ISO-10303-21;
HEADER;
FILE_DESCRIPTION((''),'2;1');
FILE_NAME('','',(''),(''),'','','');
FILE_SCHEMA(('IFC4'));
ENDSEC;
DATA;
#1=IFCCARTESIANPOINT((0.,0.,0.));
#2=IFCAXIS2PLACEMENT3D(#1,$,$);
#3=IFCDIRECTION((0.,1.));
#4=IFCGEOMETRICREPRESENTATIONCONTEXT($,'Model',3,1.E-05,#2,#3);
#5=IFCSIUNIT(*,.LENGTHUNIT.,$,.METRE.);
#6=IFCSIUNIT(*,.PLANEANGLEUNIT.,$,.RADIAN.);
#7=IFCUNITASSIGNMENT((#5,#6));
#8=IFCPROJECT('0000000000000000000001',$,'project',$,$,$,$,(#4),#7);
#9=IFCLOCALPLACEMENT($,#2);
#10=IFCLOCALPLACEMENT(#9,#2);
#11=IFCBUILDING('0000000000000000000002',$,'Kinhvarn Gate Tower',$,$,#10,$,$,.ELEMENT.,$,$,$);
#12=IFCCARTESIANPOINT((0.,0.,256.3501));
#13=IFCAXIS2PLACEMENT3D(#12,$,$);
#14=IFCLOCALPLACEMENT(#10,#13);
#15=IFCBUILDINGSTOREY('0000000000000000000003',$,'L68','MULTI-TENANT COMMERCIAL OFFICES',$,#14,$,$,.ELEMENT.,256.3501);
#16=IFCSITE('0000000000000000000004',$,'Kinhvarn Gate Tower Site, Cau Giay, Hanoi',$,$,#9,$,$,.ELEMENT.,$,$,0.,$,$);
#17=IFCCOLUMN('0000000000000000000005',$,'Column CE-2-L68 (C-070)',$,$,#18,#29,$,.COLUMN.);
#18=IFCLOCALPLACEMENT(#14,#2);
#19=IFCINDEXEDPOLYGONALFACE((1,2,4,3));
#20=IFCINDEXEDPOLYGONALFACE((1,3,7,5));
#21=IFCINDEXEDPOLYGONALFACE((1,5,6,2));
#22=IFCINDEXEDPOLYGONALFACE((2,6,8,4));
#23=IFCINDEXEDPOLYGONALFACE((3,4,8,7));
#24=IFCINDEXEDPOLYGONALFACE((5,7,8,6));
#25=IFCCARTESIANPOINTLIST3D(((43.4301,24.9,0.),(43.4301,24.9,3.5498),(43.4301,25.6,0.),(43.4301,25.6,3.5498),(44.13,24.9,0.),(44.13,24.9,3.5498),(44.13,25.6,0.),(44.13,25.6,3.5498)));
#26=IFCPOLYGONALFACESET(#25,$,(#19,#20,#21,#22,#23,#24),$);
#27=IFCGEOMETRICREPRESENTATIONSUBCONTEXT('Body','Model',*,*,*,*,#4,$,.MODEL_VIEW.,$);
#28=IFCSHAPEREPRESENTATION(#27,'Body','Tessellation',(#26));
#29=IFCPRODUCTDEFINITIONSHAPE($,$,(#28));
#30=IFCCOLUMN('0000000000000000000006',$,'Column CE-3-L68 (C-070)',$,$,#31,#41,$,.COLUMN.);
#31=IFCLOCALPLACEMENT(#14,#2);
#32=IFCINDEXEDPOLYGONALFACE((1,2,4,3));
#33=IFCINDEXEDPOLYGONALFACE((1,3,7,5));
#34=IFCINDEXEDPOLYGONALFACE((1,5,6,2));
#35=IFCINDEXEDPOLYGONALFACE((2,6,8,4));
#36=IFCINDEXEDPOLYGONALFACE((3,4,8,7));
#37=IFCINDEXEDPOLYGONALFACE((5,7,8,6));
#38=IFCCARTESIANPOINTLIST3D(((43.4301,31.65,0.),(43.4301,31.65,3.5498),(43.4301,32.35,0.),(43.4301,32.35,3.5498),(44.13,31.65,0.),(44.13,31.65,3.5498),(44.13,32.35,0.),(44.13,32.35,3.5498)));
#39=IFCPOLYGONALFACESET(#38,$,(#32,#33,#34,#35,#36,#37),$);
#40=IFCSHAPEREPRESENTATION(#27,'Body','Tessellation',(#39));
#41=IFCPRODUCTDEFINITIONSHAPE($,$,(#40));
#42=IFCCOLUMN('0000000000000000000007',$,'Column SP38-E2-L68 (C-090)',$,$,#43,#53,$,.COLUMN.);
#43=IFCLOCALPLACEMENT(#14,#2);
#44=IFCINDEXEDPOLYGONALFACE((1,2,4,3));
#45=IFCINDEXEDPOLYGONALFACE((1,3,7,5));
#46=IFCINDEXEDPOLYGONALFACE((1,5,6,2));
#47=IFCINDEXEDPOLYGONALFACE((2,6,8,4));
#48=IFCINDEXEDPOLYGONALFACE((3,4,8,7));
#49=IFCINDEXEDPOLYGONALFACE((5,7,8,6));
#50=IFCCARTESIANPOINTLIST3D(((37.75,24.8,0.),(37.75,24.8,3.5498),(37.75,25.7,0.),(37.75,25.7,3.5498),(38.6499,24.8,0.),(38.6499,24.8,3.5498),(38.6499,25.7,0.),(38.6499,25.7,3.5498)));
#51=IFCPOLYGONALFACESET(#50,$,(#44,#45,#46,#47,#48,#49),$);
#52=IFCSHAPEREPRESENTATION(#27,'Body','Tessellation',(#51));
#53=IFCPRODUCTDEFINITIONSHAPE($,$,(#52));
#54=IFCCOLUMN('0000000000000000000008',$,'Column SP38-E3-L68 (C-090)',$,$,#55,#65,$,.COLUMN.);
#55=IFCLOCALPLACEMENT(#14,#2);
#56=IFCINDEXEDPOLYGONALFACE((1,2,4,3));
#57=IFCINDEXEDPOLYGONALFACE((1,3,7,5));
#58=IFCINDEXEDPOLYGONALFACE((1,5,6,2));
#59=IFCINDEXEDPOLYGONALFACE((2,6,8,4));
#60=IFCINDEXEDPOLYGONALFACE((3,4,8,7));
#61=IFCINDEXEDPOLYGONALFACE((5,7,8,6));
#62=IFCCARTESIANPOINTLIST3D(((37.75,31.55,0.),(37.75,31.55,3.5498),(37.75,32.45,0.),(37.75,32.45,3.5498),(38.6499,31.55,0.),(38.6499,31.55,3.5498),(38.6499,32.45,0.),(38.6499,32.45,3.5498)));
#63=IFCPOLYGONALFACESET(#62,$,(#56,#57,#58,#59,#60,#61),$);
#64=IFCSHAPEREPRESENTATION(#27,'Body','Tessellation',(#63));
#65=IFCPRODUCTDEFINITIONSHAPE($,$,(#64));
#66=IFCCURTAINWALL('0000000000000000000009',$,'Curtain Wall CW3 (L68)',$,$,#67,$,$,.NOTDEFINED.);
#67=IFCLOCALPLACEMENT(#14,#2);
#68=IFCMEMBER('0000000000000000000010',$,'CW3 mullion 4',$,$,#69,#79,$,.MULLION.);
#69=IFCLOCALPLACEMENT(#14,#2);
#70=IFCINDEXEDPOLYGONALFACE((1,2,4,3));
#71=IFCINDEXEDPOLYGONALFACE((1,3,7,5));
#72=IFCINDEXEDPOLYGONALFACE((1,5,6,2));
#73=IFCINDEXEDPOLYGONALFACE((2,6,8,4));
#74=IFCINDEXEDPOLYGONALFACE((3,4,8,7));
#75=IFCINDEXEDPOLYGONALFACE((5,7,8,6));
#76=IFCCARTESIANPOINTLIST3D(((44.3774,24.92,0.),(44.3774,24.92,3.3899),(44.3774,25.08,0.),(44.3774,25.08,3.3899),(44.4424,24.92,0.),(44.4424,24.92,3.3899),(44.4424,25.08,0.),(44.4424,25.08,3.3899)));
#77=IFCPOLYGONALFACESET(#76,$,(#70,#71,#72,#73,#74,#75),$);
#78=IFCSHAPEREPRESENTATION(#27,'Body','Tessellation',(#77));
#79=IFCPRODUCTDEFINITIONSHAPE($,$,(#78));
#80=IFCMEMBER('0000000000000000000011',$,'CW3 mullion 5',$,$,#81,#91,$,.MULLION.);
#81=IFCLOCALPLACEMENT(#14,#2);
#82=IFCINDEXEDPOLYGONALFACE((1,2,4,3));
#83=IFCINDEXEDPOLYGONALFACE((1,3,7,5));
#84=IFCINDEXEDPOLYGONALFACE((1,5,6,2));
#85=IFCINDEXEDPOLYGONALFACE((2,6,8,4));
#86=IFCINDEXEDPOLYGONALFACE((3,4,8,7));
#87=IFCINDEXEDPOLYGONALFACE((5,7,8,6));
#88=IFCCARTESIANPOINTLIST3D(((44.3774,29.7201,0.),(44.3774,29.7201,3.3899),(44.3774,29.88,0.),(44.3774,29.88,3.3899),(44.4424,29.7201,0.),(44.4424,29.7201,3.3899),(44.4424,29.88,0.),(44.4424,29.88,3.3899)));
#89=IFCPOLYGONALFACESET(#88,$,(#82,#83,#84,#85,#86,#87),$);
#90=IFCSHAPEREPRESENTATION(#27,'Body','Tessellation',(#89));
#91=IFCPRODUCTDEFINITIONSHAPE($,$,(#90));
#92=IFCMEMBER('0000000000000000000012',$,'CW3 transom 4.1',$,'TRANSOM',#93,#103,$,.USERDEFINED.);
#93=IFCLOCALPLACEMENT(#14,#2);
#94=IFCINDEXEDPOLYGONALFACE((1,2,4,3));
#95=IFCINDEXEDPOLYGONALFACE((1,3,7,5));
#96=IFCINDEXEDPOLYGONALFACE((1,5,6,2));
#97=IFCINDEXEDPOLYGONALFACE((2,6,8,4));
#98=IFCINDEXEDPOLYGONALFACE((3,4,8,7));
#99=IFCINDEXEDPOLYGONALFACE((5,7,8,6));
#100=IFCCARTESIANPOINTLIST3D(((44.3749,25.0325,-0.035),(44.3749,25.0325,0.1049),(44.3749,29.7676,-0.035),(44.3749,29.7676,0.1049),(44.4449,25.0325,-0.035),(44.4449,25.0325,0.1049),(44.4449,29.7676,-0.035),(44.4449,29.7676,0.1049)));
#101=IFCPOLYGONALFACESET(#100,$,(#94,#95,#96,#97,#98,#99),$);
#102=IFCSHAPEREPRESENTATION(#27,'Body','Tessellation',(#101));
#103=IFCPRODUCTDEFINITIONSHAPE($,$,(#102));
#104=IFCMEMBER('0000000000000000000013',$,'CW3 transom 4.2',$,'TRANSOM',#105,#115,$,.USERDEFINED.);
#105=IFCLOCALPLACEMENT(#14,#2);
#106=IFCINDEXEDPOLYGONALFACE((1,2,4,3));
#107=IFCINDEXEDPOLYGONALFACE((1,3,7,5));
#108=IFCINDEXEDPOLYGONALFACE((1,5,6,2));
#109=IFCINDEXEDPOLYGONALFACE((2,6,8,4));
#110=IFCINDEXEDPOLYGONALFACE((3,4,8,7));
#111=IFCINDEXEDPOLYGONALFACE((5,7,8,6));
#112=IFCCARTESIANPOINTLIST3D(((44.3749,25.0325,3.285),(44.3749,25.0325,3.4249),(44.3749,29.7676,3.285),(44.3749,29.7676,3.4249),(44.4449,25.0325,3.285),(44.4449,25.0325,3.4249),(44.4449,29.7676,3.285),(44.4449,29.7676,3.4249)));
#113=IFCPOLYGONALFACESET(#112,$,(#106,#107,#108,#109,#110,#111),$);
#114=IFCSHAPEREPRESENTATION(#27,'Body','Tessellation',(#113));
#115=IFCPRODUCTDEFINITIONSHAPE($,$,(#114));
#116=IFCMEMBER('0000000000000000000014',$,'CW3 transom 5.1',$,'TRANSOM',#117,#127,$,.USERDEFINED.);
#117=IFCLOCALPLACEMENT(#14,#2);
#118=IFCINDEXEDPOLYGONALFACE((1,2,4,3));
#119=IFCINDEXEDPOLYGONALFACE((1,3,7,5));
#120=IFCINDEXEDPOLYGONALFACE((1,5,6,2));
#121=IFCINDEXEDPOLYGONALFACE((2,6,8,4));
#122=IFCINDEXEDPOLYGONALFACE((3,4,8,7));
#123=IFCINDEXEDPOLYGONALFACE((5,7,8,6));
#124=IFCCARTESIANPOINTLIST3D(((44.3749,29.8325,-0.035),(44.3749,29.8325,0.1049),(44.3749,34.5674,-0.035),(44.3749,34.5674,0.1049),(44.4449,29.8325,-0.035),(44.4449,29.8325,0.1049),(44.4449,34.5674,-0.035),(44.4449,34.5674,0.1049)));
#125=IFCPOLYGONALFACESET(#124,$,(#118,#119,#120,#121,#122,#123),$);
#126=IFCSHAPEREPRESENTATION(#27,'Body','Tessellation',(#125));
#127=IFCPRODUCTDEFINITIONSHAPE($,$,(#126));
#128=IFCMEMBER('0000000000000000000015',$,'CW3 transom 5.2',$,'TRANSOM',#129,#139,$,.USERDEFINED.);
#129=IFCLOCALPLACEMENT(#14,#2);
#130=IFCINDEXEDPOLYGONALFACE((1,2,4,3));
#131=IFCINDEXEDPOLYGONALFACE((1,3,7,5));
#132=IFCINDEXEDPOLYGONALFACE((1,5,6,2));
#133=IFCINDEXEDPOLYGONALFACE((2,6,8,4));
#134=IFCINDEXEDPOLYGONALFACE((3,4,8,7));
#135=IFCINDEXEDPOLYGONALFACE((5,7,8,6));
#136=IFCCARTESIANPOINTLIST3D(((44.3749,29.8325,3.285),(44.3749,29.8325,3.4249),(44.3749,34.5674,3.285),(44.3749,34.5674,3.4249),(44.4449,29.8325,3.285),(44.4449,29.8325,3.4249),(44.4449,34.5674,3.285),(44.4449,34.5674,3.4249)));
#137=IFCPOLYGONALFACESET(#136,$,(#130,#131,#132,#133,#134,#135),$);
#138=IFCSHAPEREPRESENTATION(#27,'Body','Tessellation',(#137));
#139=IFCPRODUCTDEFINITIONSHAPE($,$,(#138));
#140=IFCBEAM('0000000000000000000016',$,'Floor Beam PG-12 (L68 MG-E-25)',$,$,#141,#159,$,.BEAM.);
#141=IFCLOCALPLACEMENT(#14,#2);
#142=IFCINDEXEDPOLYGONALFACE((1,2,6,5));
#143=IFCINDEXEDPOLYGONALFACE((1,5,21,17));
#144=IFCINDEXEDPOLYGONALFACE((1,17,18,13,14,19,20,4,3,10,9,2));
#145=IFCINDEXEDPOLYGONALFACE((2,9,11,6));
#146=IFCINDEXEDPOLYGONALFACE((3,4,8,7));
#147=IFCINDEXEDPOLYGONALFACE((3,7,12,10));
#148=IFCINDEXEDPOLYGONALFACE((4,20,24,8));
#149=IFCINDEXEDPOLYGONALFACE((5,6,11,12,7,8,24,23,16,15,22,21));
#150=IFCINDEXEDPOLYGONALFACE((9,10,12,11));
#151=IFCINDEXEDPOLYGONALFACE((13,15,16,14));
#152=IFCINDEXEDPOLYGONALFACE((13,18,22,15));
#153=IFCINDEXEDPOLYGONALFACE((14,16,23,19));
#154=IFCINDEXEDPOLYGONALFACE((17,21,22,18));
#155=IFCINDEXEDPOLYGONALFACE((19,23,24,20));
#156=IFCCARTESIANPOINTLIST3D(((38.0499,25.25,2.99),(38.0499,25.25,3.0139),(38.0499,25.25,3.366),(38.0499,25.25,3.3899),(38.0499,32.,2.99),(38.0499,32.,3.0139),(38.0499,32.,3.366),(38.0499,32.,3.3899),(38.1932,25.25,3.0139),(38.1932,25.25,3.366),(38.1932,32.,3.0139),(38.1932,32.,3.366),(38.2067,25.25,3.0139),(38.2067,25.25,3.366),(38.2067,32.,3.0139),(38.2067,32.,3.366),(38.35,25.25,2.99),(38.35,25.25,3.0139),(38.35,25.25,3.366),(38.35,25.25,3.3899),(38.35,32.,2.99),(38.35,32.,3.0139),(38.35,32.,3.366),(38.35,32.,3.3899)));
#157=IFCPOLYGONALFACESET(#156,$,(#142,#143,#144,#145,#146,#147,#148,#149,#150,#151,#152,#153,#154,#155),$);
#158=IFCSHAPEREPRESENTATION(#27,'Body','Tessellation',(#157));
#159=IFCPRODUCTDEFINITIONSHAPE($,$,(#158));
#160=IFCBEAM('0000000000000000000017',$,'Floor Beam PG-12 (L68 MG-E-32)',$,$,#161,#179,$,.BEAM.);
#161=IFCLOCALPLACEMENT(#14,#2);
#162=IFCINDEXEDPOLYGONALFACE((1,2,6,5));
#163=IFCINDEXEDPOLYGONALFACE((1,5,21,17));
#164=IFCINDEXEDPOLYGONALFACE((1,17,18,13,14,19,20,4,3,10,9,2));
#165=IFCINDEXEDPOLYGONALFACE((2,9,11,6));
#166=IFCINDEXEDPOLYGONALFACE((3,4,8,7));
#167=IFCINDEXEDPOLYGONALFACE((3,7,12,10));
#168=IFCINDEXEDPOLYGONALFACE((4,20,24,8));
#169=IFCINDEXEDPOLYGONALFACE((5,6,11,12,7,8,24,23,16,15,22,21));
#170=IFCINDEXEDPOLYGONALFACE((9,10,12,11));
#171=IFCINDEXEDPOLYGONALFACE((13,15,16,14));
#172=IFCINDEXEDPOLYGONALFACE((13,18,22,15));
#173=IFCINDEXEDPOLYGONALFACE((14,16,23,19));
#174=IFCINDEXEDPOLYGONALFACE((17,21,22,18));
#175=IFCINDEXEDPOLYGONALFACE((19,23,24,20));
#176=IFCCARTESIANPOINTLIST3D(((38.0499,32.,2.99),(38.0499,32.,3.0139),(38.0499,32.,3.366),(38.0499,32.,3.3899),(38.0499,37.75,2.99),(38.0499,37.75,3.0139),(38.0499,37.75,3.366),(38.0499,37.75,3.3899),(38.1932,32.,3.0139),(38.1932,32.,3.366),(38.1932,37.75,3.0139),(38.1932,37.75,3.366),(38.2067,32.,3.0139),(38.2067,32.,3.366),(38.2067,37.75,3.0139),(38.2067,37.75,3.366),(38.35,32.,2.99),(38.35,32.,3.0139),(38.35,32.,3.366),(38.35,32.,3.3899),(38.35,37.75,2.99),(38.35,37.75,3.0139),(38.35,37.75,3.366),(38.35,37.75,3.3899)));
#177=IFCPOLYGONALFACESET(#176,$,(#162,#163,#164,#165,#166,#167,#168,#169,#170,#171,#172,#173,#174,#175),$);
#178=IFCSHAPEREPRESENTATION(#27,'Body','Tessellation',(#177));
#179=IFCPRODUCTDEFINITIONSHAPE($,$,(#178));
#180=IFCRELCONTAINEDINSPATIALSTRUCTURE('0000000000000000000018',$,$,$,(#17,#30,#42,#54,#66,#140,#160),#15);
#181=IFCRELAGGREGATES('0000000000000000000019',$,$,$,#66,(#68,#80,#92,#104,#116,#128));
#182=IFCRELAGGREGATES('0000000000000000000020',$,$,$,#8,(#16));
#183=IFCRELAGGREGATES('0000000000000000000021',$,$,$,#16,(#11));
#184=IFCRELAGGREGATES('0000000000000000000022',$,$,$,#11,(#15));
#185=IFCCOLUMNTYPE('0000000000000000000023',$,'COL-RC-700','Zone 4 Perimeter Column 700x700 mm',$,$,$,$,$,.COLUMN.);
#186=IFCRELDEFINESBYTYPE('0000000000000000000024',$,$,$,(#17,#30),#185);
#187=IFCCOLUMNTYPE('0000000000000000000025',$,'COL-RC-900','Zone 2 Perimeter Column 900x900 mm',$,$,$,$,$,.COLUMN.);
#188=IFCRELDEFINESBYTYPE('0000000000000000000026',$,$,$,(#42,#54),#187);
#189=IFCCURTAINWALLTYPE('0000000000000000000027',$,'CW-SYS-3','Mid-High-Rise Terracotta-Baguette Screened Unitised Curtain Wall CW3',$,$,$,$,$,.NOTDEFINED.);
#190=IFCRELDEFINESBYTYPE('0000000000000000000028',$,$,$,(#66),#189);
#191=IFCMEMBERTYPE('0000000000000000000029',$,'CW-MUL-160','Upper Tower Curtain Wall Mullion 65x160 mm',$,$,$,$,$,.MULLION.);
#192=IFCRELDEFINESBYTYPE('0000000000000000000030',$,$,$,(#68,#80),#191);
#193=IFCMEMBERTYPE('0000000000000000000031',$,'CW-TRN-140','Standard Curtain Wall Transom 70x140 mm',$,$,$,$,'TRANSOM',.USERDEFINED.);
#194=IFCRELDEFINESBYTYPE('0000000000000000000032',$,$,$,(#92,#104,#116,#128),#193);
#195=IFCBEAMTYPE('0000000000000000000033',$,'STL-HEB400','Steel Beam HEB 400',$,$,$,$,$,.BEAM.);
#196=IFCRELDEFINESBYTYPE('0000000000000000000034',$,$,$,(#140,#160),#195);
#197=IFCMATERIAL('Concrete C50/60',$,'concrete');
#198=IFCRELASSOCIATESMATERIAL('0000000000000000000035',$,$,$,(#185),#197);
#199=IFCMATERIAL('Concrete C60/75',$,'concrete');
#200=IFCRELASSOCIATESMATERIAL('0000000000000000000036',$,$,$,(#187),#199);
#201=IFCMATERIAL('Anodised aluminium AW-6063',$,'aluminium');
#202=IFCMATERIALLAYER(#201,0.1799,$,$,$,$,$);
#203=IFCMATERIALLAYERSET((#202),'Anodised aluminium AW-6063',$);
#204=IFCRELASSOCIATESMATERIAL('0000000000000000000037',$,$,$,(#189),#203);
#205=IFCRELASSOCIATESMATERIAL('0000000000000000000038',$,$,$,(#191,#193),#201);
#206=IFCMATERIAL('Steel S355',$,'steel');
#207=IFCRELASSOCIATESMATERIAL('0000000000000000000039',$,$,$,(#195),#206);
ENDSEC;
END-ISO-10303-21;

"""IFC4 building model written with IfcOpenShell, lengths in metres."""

from ifc_helpers import new_model, si_unit, direction, frame, origin, origin_2d, place, context, subcontext, project, spatial, rectangle, i_section, extrude, material, layer, layer_set, material_profile, profile_set, type_object, element, aggregate, save


model = new_model("IFC4")

# Units and contexts
model_context = context("Model", 3, precision=1e-05, world=origin(), true_north=direction((0.0, 1.0)))
body_context = subcontext(model_context, "Body", "Model", "MODEL_VIEW")
ifc_project = project(units=[si_unit("LENGTHUNIT", "METRE"), si_unit("PLANEANGLEUNIT", "RADIAN")], contexts=[model_context])

# Site, building, storey
site_placement = place(None, origin())
site = spatial("IfcSite", under=ifc_project, at=site_placement, Name="Kinhvarn Gate Tower Site, Cau Giay, Hanoi", CompositionType="ELEMENT", RefElevation=0.0)
building_placement = place(site_placement, origin())
building = spatial("IfcBuilding", under=site, at=building_placement, Name="Kinhvarn Gate Tower", CompositionType="ELEMENT")
storey_placement = place(building_placement, frame((0.0, 0.0, 256.3501)))
storey = spatial("IfcBuildingStorey", under=building, at=storey_placement, Name="L68", Description="MULTI-TENANT COMMERCIAL OFFICES", CompositionType="ELEMENT", Elevation=256.3501)

# Columns
ifc_material_1 = material(Name="Concrete C50/60", Category="concrete")
ifc_material_profile_1 = material_profile(ifc_material_1, rectangle(XDim=0.7, YDim=0.7, at=origin_2d()), Name="RC 700x700")
ifc_profile_set_1 = profile_set([ifc_material_profile_1], Name="Concrete C50/60")
column_type_1 = type_object("IfcColumnType", Name="COL-RC-700", Description="Zone 4 Perimeter Column 700x700 mm", PredefinedType="COLUMN", material=ifc_profile_set_1)
for number, where, z_axis, x_axis, name in (
    (1, (43.78, 25.25, 0.0), (0.0, 0.0, 1.0), (1.0, 0.0, 0.0), "Column CE-2-L68 (C-070)"),
    (2, (43.78, 32.0, 0.0), (0.0, 0.0, 1.0), (1.0, 0.0, 0.0), "Column CE-3-L68 (C-070)"),
):
    element("IfcColumn", number, at=place(storey_placement, frame(where, z_axis=z_axis, x_axis=x_axis)), inside=storey, type_object=column_type_1, Name=name, PredefinedType="COLUMN", context=body_context, shape_type="SweptSolid", body=[
        extrude(rectangle(XDim=0.7, YDim=0.7, at=origin_2d()), origin(), (0.0, 0.0, 1.0), 3.5498),
    ])
ifc_material_2 = material(Name="Concrete C60/75", Category="concrete")
ifc_material_profile_2 = material_profile(ifc_material_2, rectangle(XDim=0.8999, YDim=0.8999, at=origin_2d()), Name="RC 900x900")
ifc_profile_set_2 = profile_set([ifc_material_profile_2], Name="Concrete C60/75")
column_type_2 = type_object("IfcColumnType", Name="COL-RC-900", Description="Zone 2 Perimeter Column 900x900 mm", PredefinedType="COLUMN", material=ifc_profile_set_2)
for number, where, z_axis, x_axis, name in (
    (3, (38.2, 25.25, 0.0), (0.0, 0.0, 1.0), (1.0, 0.0, 0.0), "Column SP38-E2-L68 (C-090)"),
    (4, (38.2, 32.0, 0.0), (0.0, 0.0, 1.0), (1.0, 0.0, 0.0), "Column SP38-E3-L68 (C-090)"),
):
    element("IfcColumn", number, at=place(storey_placement, frame(where, z_axis=z_axis, x_axis=x_axis)), inside=storey, type_object=column_type_2, Name=name, PredefinedType="COLUMN", context=body_context, shape_type="SweptSolid", body=[
        extrude(rectangle(XDim=0.8999, YDim=0.8999, at=origin_2d()), origin(), (0.0, 0.0, 1.0), 3.5498),
    ])

# Curtain wall, members
ifc_material_3 = material(Name="Anodised aluminium AW-6063", Category="aluminium")
ifc_layer_1 = layer(ifc_material_3, 0.1799)
ifc_layer_set_1 = layer_set([ifc_layer_1], Name="Anodised aluminium AW-6063")
curtain_wall_type = type_object("IfcCurtainWallType", Name="CW-SYS-3", Description="Mid-High-Rise Terracotta-Baguette Screened Unitised Curtain Wall CW3", PredefinedType="NOTDEFINED", material=ifc_layer_set_1)
curtain_wall_placement = place(storey_placement, origin())
curtain_wall = element("IfcCurtainWall", 5, at=curtain_wall_placement, inside=storey, type_object=curtain_wall_type, Name="Curtain Wall CW3 (L68)", PredefinedType="NOTDEFINED")
ifc_material_profile_3 = material_profile(ifc_material_3, rectangle(XDim=0.0649, YDim=0.1599, at=origin_2d()), Name="ALU 65x160")
ifc_profile_set_3 = profile_set([ifc_material_profile_3], Name="Anodised aluminium AW-6063")
member_type_1 = type_object("IfcMemberType", Name="CW-MUL-160", Description="Upper Tower Curtain Wall Mullion 65x160 mm", PredefinedType="MULLION", material=ifc_profile_set_3)
member_1_placement = place(storey_placement, frame((44.4099, 25.0, 0.0), z_axis=(0.0, 0.0, 1.0), x_axis=(-1.0, 0.0, 0.0)))
member_1 = element("IfcMember", 6, at=member_1_placement, type_object=member_type_1, Name="CW3 mullion 4", PredefinedType="MULLION", context=body_context, shape_type="SweptSolid", body=[
    extrude(rectangle(XDim=0.0649, YDim=0.1599, at=origin_2d()), origin(), (0.0, 0.0, 1.0), 3.3899),
])
member_2_placement = place(storey_placement, frame((44.4099, 29.8, 0.0), z_axis=(0.0, 0.0, 1.0), x_axis=(-1.0, 0.0, 0.0)))
member_2 = element("IfcMember", 7, at=member_2_placement, type_object=member_type_1, Name="CW3 mullion 5", PredefinedType="MULLION", context=body_context, shape_type="SweptSolid", body=[
    extrude(rectangle(XDim=0.0649, YDim=0.1599, at=origin_2d()), origin(), (0.0, 0.0, 1.0), 3.3899),
])
ifc_material_profile_4 = material_profile(ifc_material_3, rectangle(XDim=0.0701, YDim=0.1399, at=origin_2d()), Name="ALU 70x140")
ifc_profile_set_4 = profile_set([ifc_material_profile_4], Name="Anodised aluminium AW-6063")
member_type_2 = type_object("IfcMemberType", Name="CW-TRN-140", Description="Standard Curtain Wall Transom 70x140 mm", ElementType="TRANSOM", PredefinedType="USERDEFINED", material=ifc_profile_set_4)
member_3_placement = place(storey_placement, frame((44.4099, 25.0325, 0.0349), z_axis=(0.0, 1.0, 0.0), x_axis=(-1.0, 0.0, 0.0)))
member_3 = element("IfcMember", 8, at=member_3_placement, type_object=member_type_2, Name="CW3 transom 4.1", ObjectType="TRANSOM", PredefinedType="USERDEFINED", context=body_context, shape_type="SweptSolid", body=[
    extrude(rectangle(XDim=0.0701, YDim=0.1399, at=origin_2d()), origin(), (0.0, 0.0, 1.0), 4.7351),
])
member_4_placement = place(storey_placement, frame((44.4099, 25.0325, 3.355), z_axis=(0.0, 1.0, 0.0), x_axis=(-1.0, 0.0, 0.0)))
member_4 = element("IfcMember", 9, at=member_4_placement, type_object=member_type_2, Name="CW3 transom 4.2", ObjectType="TRANSOM", PredefinedType="USERDEFINED", context=body_context, shape_type="SweptSolid", body=[
    extrude(rectangle(XDim=0.0701, YDim=0.1399, at=origin_2d()), origin(), (0.0, 0.0, 1.0), 4.7351),
])
member_5_placement = place(storey_placement, frame((44.4099, 29.8325, 0.0349), z_axis=(0.0, 1.0, 0.0), x_axis=(-1.0, 0.0, 0.0)))
member_5 = element("IfcMember", 10, at=member_5_placement, type_object=member_type_2, Name="CW3 transom 5.1", ObjectType="TRANSOM", PredefinedType="USERDEFINED", context=body_context, shape_type="SweptSolid", body=[
    extrude(rectangle(XDim=0.0701, YDim=0.1399, at=origin_2d()), origin(), (0.0, 0.0, 1.0), 4.7349),
])
member_6_placement = place(storey_placement, frame((44.4099, 29.8325, 3.355), z_axis=(0.0, 1.0, 0.0), x_axis=(-1.0, 0.0, 0.0)))
member_6 = element("IfcMember", 11, at=member_6_placement, type_object=member_type_2, Name="CW3 transom 5.2", ObjectType="TRANSOM", PredefinedType="USERDEFINED", context=body_context, shape_type="SweptSolid", body=[
    extrude(rectangle(XDim=0.0701, YDim=0.1399, at=origin_2d()), origin(), (0.0, 0.0, 1.0), 4.7349),
])

# Beams
ifc_material_4 = material(Name="Steel S355", Category="steel")
ifc_material_profile_5 = material_profile(ifc_material_4, i_section(OverallWidth=0.3, OverallDepth=0.3999, WebThickness=0.0134, FlangeThickness=0.0239, at=origin_2d()), Name="HEB 400")
ifc_profile_set_5 = profile_set([ifc_material_profile_5], Name="Steel S355")
beam_type_1 = type_object("IfcBeamType", Name="STL-HEB400", Description="Steel Beam HEB 400", PredefinedType="BEAM", material=ifc_profile_set_5)
beam_1_placement = place(storey_placement, frame((38.2, 25.25, 3.1899), z_axis=(0.0, 1.0, 0.0), x_axis=(-1.0, 0.0, 0.0)))
element("IfcBeam", 12, at=beam_1_placement, inside=storey, type_object=beam_type_1, Name="Floor Beam PG-12 (L68 MG-E-25)", PredefinedType="BEAM", context=body_context, shape_type="SweptSolid", body=[
    extrude(i_section(OverallWidth=0.3, OverallDepth=0.3999, WebThickness=0.0134, FlangeThickness=0.0239, at=origin_2d()), origin(), (0.0, 0.0, 1.0), 6.75),
])
beam_2_placement = place(storey_placement, frame((38.2, 32.0, 3.1899), z_axis=(0.0, 1.0, 0.0), x_axis=(-1.0, 0.0, 0.0)))
element("IfcBeam", 13, at=beam_2_placement, inside=storey, type_object=beam_type_1, Name="Floor Beam PG-12 (L68 MG-E-32)", PredefinedType="BEAM", context=body_context, shape_type="SweptSolid", body=[
    extrude(i_section(OverallWidth=0.3, OverallDepth=0.3999, WebThickness=0.0134, FlangeThickness=0.0239, at=origin_2d()), origin(), (0.0, 0.0, 1.0), 5.75),
])

aggregate(curtain_wall, [member_1, member_2, member_3, member_4, member_5, member_6])

save(model, "model.ifc")
